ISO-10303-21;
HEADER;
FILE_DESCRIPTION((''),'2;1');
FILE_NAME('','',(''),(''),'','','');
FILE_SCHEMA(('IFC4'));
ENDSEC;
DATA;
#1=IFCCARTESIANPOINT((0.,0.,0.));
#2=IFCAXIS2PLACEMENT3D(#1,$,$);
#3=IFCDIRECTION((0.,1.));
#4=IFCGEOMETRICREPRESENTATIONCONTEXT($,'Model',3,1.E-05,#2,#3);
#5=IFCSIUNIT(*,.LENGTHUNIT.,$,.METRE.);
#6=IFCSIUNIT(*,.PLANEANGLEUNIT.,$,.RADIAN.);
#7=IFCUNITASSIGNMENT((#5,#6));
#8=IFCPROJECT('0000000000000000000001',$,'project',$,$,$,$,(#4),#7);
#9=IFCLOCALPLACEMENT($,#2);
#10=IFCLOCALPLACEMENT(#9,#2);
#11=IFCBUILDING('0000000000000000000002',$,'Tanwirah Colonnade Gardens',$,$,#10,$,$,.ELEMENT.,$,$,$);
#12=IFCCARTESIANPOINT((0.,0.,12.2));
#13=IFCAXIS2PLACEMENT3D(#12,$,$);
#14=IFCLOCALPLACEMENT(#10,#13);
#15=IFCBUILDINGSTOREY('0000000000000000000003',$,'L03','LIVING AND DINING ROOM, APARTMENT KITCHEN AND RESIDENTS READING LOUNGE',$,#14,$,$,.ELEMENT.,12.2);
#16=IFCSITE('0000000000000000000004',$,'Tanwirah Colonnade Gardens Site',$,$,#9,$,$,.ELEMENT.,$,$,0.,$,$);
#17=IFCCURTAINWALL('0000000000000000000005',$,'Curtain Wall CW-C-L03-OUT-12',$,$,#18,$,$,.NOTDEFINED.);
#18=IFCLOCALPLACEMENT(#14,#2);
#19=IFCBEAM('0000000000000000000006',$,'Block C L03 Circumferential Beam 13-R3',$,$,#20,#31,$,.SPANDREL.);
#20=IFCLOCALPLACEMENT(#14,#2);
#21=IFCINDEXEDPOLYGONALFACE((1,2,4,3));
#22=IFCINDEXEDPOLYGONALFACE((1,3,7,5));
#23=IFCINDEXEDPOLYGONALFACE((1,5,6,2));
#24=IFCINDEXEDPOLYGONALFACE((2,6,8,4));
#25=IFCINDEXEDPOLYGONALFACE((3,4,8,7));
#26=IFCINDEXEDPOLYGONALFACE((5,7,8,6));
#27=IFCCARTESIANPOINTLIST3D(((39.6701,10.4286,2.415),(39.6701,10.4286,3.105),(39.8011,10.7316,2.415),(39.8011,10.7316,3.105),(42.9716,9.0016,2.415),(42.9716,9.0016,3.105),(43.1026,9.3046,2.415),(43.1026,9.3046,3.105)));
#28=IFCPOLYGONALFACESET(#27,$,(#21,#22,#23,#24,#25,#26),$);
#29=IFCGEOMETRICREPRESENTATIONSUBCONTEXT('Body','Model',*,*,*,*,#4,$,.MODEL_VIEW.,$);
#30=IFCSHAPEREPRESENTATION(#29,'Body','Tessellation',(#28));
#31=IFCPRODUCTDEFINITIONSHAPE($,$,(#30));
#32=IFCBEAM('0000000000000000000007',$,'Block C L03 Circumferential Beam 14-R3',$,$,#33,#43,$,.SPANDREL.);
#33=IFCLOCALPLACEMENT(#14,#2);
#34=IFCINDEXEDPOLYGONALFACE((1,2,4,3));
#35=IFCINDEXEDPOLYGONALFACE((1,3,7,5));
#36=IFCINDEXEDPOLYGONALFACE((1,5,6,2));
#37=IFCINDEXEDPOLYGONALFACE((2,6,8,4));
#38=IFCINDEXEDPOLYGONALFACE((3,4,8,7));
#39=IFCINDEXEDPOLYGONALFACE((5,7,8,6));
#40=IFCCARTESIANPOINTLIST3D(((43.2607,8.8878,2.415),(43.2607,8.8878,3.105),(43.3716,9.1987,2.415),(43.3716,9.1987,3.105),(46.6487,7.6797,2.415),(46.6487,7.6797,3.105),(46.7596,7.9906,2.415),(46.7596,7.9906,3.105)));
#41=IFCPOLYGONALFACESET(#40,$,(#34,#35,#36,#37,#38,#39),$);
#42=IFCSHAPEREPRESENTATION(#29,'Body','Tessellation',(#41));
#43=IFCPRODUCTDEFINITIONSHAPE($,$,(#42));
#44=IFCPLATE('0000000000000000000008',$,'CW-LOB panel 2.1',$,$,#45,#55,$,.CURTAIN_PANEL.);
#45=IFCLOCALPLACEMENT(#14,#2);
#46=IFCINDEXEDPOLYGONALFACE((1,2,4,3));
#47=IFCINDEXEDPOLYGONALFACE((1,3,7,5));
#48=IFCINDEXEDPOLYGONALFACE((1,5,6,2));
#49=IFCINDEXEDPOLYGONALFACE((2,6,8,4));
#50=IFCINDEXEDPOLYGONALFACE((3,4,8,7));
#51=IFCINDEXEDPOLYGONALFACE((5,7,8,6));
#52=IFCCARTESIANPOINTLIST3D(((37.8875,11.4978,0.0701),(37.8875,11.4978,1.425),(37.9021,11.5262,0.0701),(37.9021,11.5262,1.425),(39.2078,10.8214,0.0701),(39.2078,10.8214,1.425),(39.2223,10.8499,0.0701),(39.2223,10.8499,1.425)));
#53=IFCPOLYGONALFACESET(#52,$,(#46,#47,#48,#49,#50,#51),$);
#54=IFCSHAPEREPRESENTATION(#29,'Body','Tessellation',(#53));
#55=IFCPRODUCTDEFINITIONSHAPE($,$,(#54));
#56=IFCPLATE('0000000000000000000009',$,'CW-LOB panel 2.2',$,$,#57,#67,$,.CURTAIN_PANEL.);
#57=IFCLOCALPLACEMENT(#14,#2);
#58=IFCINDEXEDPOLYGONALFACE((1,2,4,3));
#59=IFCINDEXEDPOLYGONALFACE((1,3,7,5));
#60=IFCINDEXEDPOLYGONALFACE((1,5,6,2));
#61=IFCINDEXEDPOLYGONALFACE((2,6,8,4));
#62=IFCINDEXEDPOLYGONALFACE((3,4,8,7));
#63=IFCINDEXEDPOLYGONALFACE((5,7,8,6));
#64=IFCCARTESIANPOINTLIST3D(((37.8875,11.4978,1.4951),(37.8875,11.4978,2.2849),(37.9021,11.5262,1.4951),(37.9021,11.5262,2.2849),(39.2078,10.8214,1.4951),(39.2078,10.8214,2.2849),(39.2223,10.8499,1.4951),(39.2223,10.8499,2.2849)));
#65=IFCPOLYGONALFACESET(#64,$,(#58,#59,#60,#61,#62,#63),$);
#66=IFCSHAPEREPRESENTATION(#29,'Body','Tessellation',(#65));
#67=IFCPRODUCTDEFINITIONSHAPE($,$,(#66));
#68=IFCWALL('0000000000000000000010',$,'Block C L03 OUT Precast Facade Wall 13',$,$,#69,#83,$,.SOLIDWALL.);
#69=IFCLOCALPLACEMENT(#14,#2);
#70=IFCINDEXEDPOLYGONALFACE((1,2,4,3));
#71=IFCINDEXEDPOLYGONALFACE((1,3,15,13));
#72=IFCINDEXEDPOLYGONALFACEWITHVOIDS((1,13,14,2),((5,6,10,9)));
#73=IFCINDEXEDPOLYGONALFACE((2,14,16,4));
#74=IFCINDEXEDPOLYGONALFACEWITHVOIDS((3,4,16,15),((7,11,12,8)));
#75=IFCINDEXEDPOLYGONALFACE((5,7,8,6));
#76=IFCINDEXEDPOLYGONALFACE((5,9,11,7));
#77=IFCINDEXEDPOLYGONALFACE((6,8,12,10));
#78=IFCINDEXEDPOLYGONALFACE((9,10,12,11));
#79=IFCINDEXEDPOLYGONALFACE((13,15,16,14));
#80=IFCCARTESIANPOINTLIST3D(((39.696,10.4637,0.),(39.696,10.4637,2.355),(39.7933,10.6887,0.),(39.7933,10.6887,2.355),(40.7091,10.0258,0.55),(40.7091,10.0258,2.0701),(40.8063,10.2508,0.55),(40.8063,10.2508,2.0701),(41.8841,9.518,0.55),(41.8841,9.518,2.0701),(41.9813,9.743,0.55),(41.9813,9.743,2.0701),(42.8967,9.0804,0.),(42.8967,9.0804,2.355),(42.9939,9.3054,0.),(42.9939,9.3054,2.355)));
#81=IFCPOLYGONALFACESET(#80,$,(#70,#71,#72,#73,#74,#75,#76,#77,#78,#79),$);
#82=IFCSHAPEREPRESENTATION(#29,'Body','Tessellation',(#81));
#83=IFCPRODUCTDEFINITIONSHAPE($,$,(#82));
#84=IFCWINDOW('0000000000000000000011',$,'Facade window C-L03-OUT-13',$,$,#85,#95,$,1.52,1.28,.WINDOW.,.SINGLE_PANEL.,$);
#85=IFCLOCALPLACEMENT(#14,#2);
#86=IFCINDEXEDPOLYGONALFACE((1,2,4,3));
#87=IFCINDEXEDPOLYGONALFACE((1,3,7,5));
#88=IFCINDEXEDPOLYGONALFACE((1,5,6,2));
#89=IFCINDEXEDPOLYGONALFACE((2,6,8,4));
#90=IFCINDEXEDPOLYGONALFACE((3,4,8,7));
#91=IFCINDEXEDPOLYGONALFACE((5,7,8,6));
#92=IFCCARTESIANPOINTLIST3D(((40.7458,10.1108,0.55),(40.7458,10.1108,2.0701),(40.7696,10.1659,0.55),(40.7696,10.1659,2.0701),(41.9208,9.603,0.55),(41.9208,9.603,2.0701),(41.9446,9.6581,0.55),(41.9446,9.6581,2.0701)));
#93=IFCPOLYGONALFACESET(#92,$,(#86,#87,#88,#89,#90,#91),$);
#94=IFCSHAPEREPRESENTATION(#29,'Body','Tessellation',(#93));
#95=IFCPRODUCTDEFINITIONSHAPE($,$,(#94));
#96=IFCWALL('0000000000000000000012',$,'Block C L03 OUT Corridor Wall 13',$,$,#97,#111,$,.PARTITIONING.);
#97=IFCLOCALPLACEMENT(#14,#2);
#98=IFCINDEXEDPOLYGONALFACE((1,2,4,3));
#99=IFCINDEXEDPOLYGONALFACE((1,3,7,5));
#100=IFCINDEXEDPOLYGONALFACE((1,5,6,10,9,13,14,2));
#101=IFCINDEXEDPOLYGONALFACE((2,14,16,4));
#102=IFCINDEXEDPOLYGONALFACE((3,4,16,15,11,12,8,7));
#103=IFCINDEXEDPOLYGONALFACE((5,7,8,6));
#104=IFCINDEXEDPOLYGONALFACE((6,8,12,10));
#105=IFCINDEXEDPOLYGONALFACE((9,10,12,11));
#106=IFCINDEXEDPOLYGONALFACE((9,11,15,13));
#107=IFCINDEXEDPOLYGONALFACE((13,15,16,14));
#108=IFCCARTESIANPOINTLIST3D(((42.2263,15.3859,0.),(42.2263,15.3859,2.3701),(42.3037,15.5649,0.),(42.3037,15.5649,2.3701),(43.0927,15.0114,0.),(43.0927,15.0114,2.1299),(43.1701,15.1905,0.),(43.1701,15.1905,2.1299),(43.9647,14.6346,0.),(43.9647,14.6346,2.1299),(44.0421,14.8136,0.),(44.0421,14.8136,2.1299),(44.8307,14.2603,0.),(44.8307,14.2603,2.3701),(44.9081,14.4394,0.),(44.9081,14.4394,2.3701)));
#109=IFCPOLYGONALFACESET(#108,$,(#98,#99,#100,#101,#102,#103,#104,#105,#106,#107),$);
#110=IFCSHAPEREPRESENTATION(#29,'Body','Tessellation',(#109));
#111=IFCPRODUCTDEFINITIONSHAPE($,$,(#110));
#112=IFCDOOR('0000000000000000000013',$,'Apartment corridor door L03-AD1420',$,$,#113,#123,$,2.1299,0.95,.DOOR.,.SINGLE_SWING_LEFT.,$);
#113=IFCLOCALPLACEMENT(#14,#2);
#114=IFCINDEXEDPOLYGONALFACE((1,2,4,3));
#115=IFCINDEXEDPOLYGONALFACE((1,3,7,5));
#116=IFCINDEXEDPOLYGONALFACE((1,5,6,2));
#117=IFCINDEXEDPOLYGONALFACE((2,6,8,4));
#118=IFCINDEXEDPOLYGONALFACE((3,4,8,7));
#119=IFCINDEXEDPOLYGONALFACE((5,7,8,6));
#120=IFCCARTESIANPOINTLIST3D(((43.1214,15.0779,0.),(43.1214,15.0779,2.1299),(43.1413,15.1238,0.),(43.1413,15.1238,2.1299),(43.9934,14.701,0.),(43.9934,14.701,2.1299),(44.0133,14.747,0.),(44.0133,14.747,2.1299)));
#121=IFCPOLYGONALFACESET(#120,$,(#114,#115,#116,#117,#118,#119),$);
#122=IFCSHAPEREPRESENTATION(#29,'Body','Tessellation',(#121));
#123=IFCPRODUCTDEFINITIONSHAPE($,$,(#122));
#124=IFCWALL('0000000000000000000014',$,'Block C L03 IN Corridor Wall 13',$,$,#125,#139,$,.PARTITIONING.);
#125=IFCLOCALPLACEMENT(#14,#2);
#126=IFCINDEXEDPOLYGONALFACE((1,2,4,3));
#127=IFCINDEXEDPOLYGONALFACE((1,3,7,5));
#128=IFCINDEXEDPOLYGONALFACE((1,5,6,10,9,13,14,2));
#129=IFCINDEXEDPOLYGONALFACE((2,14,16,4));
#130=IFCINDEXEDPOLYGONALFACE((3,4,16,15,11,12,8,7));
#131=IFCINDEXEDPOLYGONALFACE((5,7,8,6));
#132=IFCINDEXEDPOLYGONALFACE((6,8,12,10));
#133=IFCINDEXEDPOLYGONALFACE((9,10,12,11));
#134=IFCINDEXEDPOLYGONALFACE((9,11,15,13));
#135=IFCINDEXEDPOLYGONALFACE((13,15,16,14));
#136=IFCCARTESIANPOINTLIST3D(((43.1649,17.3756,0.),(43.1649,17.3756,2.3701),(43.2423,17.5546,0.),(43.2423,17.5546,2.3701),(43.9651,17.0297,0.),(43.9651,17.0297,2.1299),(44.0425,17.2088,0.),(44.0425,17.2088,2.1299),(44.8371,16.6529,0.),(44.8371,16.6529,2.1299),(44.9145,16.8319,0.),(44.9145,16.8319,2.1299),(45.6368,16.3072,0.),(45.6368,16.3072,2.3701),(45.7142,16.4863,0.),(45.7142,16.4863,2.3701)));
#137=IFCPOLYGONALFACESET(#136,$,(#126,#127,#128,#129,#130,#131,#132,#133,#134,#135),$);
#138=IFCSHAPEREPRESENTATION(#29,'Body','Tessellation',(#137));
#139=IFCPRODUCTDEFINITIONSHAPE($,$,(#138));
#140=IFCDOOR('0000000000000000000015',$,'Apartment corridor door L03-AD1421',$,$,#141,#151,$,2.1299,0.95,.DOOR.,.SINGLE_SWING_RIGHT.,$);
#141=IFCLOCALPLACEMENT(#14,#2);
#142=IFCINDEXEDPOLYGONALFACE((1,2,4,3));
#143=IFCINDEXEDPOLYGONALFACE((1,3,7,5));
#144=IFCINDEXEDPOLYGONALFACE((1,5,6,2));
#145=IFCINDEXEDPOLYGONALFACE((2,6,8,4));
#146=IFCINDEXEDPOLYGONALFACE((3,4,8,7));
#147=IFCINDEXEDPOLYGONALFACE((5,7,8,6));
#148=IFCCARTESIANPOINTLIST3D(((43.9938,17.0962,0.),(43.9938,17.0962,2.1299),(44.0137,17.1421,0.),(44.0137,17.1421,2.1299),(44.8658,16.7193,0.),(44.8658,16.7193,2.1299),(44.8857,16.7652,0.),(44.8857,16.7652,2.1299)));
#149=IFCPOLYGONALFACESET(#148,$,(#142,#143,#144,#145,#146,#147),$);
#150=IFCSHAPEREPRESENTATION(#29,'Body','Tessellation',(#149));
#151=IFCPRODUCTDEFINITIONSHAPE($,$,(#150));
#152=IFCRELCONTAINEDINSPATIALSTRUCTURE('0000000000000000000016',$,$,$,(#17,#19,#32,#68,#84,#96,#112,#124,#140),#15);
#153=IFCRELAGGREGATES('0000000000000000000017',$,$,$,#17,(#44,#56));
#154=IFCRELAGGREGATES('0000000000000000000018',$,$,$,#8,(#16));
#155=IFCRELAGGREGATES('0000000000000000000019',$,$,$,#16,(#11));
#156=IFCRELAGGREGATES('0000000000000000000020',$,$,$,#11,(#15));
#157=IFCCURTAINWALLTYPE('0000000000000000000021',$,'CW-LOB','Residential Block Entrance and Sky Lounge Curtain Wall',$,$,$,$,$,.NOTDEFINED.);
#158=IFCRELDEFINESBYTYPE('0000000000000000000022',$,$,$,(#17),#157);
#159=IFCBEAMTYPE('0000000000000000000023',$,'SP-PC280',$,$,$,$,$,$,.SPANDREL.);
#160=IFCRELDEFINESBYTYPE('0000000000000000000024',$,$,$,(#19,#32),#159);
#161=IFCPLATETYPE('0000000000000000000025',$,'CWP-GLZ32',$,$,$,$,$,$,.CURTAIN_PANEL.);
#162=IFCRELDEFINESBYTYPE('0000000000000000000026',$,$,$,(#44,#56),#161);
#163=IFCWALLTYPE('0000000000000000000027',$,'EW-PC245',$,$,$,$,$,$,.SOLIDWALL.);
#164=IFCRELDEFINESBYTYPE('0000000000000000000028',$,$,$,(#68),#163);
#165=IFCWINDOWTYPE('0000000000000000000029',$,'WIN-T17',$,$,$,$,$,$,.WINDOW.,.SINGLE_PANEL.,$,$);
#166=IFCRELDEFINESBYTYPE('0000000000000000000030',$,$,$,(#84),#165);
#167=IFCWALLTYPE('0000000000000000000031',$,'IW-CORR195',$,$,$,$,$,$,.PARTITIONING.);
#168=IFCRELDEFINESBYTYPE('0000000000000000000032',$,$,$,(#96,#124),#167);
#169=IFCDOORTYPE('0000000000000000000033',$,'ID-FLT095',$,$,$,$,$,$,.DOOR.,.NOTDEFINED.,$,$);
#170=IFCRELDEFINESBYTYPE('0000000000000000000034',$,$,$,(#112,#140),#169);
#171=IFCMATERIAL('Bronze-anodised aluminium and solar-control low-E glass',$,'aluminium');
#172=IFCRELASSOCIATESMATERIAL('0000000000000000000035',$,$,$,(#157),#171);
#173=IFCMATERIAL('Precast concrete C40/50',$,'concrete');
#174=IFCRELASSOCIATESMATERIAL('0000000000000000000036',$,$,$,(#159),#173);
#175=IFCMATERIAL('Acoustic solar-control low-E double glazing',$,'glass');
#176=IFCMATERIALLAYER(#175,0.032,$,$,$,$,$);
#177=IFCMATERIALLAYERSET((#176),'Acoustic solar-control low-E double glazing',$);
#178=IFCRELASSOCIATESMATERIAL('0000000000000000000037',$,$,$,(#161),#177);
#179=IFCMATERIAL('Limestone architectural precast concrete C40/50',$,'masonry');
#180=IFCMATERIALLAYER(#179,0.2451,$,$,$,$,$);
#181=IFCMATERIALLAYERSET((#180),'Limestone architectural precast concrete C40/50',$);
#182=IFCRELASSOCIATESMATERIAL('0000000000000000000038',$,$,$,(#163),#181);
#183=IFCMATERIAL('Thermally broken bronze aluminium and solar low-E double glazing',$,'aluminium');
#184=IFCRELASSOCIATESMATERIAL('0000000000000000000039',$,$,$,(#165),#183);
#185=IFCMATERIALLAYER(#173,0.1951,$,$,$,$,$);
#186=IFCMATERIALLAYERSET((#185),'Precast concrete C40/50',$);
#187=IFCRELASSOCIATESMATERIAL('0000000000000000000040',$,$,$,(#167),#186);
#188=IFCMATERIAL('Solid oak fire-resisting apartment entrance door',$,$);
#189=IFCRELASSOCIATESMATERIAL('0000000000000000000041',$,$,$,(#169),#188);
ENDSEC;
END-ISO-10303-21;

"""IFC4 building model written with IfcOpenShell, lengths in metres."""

from ifc_helpers import new_model, si_unit, direction, frame, frame_2d, origin, origin_2d, place, context, subcontext, project, spatial, rectangle, extrude, material, layer, layer_set, material_profile, profile_set, type_object, element, fill, aggregate, save


model = new_model("IFC4")

# Units and contexts
model_context = context("Model", 3, precision=1e-05, world=origin(), true_north=direction((0.0, 1.0)))
body_context = subcontext(model_context, "Body", "Model", "MODEL_VIEW")
ifc_project = project(units=[si_unit("LENGTHUNIT", "METRE"), si_unit("PLANEANGLEUNIT", "RADIAN")], contexts=[model_context])

# Site, building, storey
site_placement = place(None, origin())
site = spatial("IfcSite", under=ifc_project, at=site_placement, Name="Tanwirah Colonnade Gardens Site", CompositionType="ELEMENT", RefElevation=0.0)
building_placement = place(site_placement, origin())
building = spatial("IfcBuilding", under=site, at=building_placement, Name="Tanwirah Colonnade Gardens", CompositionType="ELEMENT")
storey_placement = place(building_placement, frame((0.0, 0.0, 12.2)))
storey = spatial("IfcBuildingStorey", under=building, at=storey_placement, Name="L03", Description="LIVING AND DINING ROOM, APARTMENT KITCHEN AND RESIDENTS READING LOUNGE", CompositionType="ELEMENT", Elevation=12.2)

# Shared definitions
ifc_material_1 = material(Name="Precast concrete C40/50", Category="concrete")

# Curtain wall
ifc_material_2 = material(Name="Bronze-anodised aluminium and solar-control low-E glass", Category="aluminium")
curtain_wall_type = type_object("IfcCurtainWallType", Name="CW-LOB", Description="Residential Block Entrance and Sky Lounge Curtain Wall", PredefinedType="NOTDEFINED", material=ifc_material_2)
curtain_wall_placement = place(storey_placement, origin())
curtain_wall = element("IfcCurtainWall", 1, at=curtain_wall_placement, inside=storey, type_object=curtain_wall_type, Name="Curtain Wall CW-C-L03-OUT-12", PredefinedType="NOTDEFINED")

# Beams
ifc_material_profile_1 = material_profile(ifc_material_1, rectangle(XDim=0.3301, YDim=0.6899, at=origin_2d()), Name="PC-SP 330x690")
ifc_profile_set_1 = profile_set([ifc_material_profile_1], Name="Precast concrete C40/50")
beam_type_1 = type_object("IfcBeamType", Name="SP-PC280", PredefinedType="SPANDREL", material=ifc_profile_set_1)
beam_1_placement = place(storey_placement, frame((39.7356, 10.5801, 2.76), z_axis=(0.917926, -0.396752, 0.0), x_axis=(0.396752, 0.917926, 0.0)))
element("IfcBeam", 2, at=beam_1_placement, inside=storey, type_object=beam_type_1, Name="Block C L03 Circumferential Beam 13-R3", PredefinedType="SPANDREL", context=body_context, shape_type="SweptSolid", body=[
    extrude(rectangle(XDim=0.3301, YDim=0.6899, at=origin_2d()), origin(), (0.0, 0.0, 1.0), 3.5967),
])
beam_2_placement = place(storey_placement, frame((43.3162, 9.0432, 2.76), z_axis=(0.941915, -0.33585, 0.0), x_axis=(0.33585, 0.941915, 0.0)))
element("IfcBeam", 3, at=beam_2_placement, inside=storey, type_object=beam_type_1, Name="Block C L03 Circumferential Beam 14-R3", PredefinedType="SPANDREL", context=body_context, shape_type="SweptSolid", body=[
    extrude(rectangle(XDim=0.3301, YDim=0.6899, at=origin_2d()), origin(), (0.0, 0.0, 1.0), 3.5969),
])

# Plates
ifc_material_3 = material(Name="Acoustic solar-control low-E double glazing", Category="glass")
ifc_layer_1 = layer(ifc_material_3, 0.032)
ifc_layer_set_1 = layer_set([ifc_layer_1], Name="Acoustic solar-control low-E double glazing")
plate_type = type_object("IfcPlateType", Name="CWP-GLZ32", PredefinedType="CURTAIN_PANEL", material=ifc_layer_set_1)
plate_1_placement = place(storey_placement, frame((38.5549, 11.1738, 0.0701), z_axis=(0.0, 0.0, 1.0), x_axis=(0.890014, -0.455933, 0.0)))
plate_1 = element("IfcPlate", 4, at=plate_1_placement, type_object=plate_type, Name="CW-LOB panel 2.1", PredefinedType="CURTAIN_PANEL", context=body_context, shape_type="SweptSolid", body=[
    extrude(rectangle(XDim=1.4834, YDim=0.032, at=origin_2d()), origin(), (0.0, 0.0, 1.0), 1.355),
])
plate_2_placement = place(storey_placement, frame((38.5549, 11.1738, 1.4951), z_axis=(0.0, 0.0, 1.0), x_axis=(0.890014, -0.455933, 0.0)))
plate_2 = element("IfcPlate", 5, at=plate_2_placement, type_object=plate_type, Name="CW-LOB panel 2.2", PredefinedType="CURTAIN_PANEL", context=body_context, shape_type="SweptSolid", body=[
    extrude(rectangle(XDim=1.4834, YDim=0.032, at=origin_2d()), origin(), (0.0, 0.0, 1.0), 0.7898),
])
aggregate(curtain_wall, [plate_1, plate_2])

# Wall, opening, window
ifc_material_4 = material(Name="Limestone architectural precast concrete C40/50", Category="masonry")
ifc_layer_2 = layer(ifc_material_4, 0.2451)
ifc_layer_set_2 = layer_set([ifc_layer_2], Name="Limestone architectural precast concrete C40/50")
wall_type_1 = type_object("IfcWallType", Name="EW-PC245", PredefinedType="SOLIDWALL", material=ifc_layer_set_2)
wall_1_placement = place(storey_placement, frame((39.7446, 10.5762, 0.0), z_axis=(0.0, 0.0, 1.0), x_axis=(0.917938, -0.396723, 0.0)))
wall_1 = element("IfcWall", 6, at=wall_1_placement, inside=storey, type_object=wall_type_1, Name="Block C L03 OUT Precast Facade Wall 13", PredefinedType="SOLIDWALL", context=body_context, shape_type="SweptSolid", body=[
    extrude(rectangle(XDim=3.4868, YDim=0.2451, at=frame_2d((1.7434, 0.0))), origin(), (0.0, 0.0, 1.0), 2.355),
])
opening_1_placement = place(wall_1_placement, frame((1.1035, 0.0, 0.55)))
opening_1 = element("IfcOpeningElement", 7, at=opening_1_placement, cuts=wall_1, PredefinedType="OPENING", context=body_context, shape_type="SweptSolid", body=[
    extrude(rectangle(XDim=1.28, YDim=1.52, at=frame_2d((0.6401, 0.76))), frame((0.0, 0.1326, 0.0), z_axis=(0.0, -1.0, 0.0), x_axis=(1.0, 0.0, 0.0)), (0.0, 0.0, 1.0), 0.2651),
])
ifc_material_5 = material(Name="Thermally broken bronze aluminium and solar low-E double glazing", Category="aluminium")
window_type = type_object("IfcWindowType", Name="WIN-T17", PartitioningType="SINGLE_PANEL", PredefinedType="WINDOW", material=ifc_material_5)
window_placement = place(opening_1_placement, origin())
window = element("IfcWindow", 8, at=window_placement, inside=storey, type_object=window_type, Name="Facade window C-L03-OUT-13", OverallHeight=1.52, OverallWidth=1.28, PartitioningType="SINGLE_PANEL", PredefinedType="WINDOW", context=body_context, shape_type="SweptSolid", body=[
    extrude(rectangle(XDim=1.28, YDim=1.52, at=frame_2d((0.6401, 0.76))), frame((0.0, 0.03, 0.0), z_axis=(0.0, -1.0, 0.0), x_axis=(1.0, 0.0, 0.0)), (0.0, 0.0, 1.0), 0.0601),
])
fill(opening_1, window)

# Walls, openings, doors
ifc_layer_3 = layer(ifc_material_1, 0.1951)
ifc_layer_set_3 = layer_set([ifc_layer_3], Name="Precast concrete C40/50")
wall_type_2 = type_object("IfcWallType", Name="IW-CORR195", PredefinedType="PARTITIONING", material=ifc_layer_set_3)
ifc_material_6 = material(Name="Solid oak fire-resisting apartment entrance door")
wall_2_placement = place(storey_placement, frame((42.2651, 15.4753, 0.0), z_axis=(0.0, 0.0, 1.0), x_axis=(0.917943, -0.396711, 0.0)))
wall_2 = element("IfcWall", 9, at=wall_2_placement, inside=storey, type_object=wall_type_2, Name="Block C L03 OUT Corridor Wall 13", PredefinedType="PARTITIONING", context=body_context, shape_type="SweptSolid", body=[
    extrude(rectangle(XDim=2.8372, YDim=0.1951, at=frame_2d((1.4185, 0.0))), origin(), (0.0, 0.0, 1.0), 2.3701),
])
opening_2_placement = place(wall_2_placement, frame((0.9436, 0.0, 0.0)))
opening_2 = element("IfcOpeningElement", 10, at=opening_2_placement, cuts=wall_2, PredefinedType="OPENING", context=body_context, shape_type="SweptSolid", body=[
    extrude(rectangle(XDim=0.95, YDim=2.1299, at=frame_2d((0.4751, 1.0649))), frame((0.0, 0.1074, 0.0), z_axis=(0.0, -1.0, 0.0), x_axis=(1.0, 0.0, 0.0)), (0.0, 0.0, 1.0), 0.2151),
])
door_type_1 = type_object("IfcDoorType", Name="ID-FLT095", OperationType="NOTDEFINED", PredefinedType="DOOR", material=ifc_material_6)
door_1_placement = place(opening_2_placement, origin())
door_1 = element("IfcDoor", 11, at=door_1_placement, inside=storey, type_object=door_type_1, Name="Apartment corridor door L03-AD1420", OperationType="SINGLE_SWING_LEFT", OverallHeight=2.1299, OverallWidth=0.95, PredefinedType="DOOR", context=body_context, shape_type="SweptSolid", body=[
    extrude(rectangle(XDim=0.95, YDim=2.1299, at=frame_2d((0.4751, 1.0649))), frame((0.0, 0.0249, 0.0), z_axis=(0.0, -1.0, 0.0), x_axis=(1.0, 0.0, 0.0)), (0.0, 0.0, 1.0), 0.05),
])
fill(opening_2, door_1)
wall_3_placement = place(storey_placement, frame((43.2036, 17.4651, 0.0), z_axis=(0.0, 0.0, 1.0), x_axis=(0.917936, -0.396729, 0.0)))
wall_3 = element("IfcWall", 12, at=wall_3_placement, inside=storey, type_object=wall_type_2, Name="Block C L03 IN Corridor Wall 13", PredefinedType="PARTITIONING", context=body_context, shape_type="SweptSolid", body=[
    extrude(rectangle(XDim=2.6929, YDim=0.1951, at=frame_2d((1.3464, 0.0))), origin(), (0.0, 0.0, 1.0), 2.3701),
])
opening_3_placement = place(wall_3_placement, frame((0.8716, 0.0, 0.0)))
opening_3 = element("IfcOpeningElement", 13, at=opening_3_placement, cuts=wall_3, PredefinedType="OPENING", context=body_context, shape_type="SweptSolid", body=[
    extrude(rectangle(XDim=0.95, YDim=2.1299, at=frame_2d((0.4751, 1.0649))), frame((0.0, 0.1074, 0.0), z_axis=(0.0, -1.0, 0.0), x_axis=(1.0, 0.0, 0.0)), (0.0, 0.0, 1.0), 0.2151),
])
door_2_placement = place(opening_3_placement, origin())
door_2 = element("IfcDoor", 14, at=door_2_placement, inside=storey, type_object=door_type_1, Name="Apartment corridor door L03-AD1421", OperationType="SINGLE_SWING_RIGHT", OverallHeight=2.1299, OverallWidth=0.95, PredefinedType="DOOR", context=body_context, shape_type="SweptSolid", body=[
    extrude(rectangle(XDim=0.95, YDim=2.1299, at=frame_2d((0.4751, 1.0649))), frame((0.0, 0.0249, 0.0), z_axis=(0.0, -1.0, 0.0), x_axis=(1.0, 0.0, 0.0)), (0.0, 0.0, 1.0), 0.05),
])
fill(opening_3, door_2)

save(model, "model.ifc")
